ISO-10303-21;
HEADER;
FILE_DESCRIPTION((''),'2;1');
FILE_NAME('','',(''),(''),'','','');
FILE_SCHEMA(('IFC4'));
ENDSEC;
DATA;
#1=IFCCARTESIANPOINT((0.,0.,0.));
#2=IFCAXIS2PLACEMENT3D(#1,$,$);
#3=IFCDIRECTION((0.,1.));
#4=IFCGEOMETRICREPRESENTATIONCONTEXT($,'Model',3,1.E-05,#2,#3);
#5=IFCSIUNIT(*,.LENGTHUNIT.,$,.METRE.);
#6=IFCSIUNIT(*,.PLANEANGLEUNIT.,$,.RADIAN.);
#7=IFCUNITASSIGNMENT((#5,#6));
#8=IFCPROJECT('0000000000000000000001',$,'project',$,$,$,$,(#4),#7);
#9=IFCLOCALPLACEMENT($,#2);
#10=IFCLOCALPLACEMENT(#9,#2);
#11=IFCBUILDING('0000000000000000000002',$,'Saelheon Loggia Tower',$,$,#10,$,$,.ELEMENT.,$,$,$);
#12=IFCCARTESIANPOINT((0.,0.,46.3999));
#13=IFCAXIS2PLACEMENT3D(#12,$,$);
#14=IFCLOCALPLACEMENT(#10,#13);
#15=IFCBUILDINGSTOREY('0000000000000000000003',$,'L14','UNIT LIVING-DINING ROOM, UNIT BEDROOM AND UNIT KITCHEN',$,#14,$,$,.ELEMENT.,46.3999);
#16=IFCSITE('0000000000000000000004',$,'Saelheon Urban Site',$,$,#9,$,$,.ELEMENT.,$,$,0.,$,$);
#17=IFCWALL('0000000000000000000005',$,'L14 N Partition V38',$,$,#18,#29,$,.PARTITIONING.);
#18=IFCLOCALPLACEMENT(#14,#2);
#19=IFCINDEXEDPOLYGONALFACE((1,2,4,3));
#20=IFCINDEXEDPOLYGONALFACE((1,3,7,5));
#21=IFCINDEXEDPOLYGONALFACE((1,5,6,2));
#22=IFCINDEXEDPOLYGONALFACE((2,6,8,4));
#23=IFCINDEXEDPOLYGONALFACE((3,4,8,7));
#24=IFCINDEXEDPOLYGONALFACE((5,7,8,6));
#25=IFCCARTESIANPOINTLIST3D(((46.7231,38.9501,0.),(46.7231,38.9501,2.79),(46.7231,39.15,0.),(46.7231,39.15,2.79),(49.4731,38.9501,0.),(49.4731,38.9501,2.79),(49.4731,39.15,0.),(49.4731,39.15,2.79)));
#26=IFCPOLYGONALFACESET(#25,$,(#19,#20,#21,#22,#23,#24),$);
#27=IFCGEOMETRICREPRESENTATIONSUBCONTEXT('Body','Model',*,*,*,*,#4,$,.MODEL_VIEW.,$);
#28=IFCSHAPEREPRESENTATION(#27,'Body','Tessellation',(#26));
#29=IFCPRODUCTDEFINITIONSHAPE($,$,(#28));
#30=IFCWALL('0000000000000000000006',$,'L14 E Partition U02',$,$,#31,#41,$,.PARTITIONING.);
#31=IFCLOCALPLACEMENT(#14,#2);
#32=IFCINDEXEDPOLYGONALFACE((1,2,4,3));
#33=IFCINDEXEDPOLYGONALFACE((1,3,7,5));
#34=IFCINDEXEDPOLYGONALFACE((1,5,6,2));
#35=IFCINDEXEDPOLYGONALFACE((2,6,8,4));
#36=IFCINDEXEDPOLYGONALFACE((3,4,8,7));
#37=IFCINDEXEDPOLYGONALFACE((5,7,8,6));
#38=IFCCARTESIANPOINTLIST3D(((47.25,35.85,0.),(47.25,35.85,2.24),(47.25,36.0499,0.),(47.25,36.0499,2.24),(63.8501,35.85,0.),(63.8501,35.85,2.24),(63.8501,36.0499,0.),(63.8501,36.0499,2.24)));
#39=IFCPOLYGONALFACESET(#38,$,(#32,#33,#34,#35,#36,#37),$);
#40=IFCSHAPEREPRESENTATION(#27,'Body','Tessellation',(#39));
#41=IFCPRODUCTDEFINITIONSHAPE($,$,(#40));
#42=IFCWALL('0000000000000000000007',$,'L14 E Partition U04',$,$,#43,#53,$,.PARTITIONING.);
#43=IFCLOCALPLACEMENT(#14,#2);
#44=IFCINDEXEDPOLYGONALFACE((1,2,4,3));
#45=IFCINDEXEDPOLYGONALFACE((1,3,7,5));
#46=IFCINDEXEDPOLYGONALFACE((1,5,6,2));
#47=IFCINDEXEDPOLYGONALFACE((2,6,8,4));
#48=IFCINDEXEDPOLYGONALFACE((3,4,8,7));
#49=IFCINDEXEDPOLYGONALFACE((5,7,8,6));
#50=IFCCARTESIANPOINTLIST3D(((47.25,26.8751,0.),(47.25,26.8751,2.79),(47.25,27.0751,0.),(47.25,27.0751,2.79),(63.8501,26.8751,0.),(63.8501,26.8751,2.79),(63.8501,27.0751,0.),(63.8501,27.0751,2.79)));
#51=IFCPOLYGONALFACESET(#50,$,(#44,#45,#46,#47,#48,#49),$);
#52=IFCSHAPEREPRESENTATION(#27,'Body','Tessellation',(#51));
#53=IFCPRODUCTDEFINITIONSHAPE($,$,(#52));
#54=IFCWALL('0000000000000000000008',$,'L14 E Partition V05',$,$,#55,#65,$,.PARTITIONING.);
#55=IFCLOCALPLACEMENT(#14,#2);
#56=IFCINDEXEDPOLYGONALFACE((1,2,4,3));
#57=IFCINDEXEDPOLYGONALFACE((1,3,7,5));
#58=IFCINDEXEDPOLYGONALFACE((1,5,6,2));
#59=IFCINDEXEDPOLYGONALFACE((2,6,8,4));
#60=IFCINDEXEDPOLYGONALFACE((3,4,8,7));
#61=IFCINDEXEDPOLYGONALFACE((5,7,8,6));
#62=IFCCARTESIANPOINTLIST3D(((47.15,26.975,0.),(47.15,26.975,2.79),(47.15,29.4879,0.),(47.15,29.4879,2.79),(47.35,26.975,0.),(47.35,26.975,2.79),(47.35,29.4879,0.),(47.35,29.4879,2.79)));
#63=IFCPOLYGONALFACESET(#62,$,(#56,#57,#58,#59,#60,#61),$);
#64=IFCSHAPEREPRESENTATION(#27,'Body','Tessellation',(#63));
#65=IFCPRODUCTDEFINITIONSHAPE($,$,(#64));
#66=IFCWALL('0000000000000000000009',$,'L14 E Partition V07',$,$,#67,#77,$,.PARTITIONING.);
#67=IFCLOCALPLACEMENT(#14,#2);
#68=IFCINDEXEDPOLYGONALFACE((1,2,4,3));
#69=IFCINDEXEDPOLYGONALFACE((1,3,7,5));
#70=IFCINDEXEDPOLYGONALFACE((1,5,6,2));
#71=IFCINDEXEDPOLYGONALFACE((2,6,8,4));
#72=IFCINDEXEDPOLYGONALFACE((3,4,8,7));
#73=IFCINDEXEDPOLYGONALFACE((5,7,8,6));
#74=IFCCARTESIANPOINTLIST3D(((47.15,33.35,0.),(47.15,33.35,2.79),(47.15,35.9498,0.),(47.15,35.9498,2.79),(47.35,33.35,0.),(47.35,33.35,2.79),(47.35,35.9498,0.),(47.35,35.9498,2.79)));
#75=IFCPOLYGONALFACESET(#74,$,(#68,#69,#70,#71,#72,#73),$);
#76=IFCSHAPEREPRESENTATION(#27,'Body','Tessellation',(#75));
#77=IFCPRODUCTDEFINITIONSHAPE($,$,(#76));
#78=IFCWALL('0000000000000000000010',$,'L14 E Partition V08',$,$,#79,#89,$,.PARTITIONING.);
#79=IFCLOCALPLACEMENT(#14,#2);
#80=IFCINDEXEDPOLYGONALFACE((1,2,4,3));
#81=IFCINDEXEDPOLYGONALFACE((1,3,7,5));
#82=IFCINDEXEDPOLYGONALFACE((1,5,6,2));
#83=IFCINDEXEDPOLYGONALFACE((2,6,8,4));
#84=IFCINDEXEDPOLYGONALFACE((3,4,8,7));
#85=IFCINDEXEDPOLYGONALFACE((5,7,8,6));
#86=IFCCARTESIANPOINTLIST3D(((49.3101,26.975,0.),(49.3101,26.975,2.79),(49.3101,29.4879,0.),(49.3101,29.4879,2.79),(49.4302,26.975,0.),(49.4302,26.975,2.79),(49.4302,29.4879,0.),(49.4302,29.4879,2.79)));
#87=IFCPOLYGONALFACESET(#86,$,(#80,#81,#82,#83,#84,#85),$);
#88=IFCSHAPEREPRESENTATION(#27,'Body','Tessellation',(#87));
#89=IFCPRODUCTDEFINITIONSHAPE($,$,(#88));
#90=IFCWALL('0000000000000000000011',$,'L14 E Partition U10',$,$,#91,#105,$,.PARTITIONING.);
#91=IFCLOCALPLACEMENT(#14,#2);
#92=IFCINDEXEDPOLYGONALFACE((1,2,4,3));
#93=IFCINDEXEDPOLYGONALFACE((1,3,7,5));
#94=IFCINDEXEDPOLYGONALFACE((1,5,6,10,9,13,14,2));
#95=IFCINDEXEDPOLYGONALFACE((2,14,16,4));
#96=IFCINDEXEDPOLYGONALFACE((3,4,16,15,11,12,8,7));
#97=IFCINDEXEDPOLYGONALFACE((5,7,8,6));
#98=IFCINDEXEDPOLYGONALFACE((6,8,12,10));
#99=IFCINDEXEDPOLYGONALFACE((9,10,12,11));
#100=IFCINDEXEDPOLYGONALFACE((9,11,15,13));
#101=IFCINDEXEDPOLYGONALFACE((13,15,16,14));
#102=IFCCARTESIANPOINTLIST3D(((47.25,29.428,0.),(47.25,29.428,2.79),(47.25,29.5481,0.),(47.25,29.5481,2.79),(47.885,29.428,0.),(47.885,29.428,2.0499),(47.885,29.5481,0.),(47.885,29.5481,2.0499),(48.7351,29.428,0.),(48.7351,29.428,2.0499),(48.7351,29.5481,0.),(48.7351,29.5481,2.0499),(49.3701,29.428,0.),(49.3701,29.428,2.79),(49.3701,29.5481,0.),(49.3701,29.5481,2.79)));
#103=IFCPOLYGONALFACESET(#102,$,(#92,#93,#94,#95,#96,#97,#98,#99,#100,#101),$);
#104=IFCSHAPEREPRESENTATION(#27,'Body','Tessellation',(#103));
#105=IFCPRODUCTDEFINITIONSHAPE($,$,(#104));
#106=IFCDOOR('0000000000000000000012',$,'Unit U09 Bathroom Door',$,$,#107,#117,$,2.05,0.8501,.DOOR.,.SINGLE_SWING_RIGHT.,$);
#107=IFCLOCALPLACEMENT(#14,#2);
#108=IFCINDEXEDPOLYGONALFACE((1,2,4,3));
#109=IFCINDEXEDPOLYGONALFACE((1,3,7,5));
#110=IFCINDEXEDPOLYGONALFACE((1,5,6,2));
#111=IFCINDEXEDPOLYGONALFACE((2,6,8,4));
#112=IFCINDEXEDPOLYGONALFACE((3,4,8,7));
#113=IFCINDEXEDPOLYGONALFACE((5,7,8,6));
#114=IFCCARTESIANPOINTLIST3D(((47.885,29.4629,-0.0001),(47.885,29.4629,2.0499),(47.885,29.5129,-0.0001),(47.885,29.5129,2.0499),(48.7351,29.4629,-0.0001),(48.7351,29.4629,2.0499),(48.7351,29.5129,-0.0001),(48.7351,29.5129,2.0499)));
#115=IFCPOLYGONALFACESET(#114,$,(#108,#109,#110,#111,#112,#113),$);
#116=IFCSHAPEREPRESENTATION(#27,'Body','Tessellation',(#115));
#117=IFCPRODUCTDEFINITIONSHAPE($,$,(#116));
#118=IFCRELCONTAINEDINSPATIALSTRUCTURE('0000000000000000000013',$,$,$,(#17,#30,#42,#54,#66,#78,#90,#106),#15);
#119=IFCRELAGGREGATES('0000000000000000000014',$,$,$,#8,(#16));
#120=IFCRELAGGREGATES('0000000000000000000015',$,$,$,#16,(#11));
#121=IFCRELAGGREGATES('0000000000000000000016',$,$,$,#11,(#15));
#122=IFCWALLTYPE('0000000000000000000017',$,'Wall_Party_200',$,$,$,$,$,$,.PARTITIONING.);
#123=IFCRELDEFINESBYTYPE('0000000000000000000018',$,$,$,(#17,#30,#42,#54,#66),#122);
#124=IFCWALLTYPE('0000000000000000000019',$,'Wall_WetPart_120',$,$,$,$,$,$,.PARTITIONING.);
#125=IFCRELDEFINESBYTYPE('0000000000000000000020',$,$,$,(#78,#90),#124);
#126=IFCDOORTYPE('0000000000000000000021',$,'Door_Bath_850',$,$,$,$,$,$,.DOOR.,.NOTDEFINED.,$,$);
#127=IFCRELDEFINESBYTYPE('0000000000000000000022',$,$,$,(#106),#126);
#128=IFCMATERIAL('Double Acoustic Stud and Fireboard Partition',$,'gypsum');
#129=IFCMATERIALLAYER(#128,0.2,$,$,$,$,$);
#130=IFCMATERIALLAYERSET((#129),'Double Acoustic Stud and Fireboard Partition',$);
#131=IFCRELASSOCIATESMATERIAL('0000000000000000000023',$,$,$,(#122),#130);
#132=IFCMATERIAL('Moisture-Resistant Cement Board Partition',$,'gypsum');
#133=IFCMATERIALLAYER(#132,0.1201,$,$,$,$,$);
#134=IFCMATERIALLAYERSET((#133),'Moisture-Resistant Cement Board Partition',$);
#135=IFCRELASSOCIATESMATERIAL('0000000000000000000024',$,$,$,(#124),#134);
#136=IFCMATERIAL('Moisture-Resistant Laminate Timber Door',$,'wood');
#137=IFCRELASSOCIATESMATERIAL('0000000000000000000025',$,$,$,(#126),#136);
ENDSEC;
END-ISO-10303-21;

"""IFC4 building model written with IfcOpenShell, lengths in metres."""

from ifc_helpers import new_model, si_unit, direction, frame, frame_2d, origin, place, context, subcontext, project, spatial, rectangle, extrude, source, transform, mapped, material, layer, layer_set, type_object, element, fill, save


model = new_model("IFC4")

# Units and contexts
model_context = context("Model", 3, precision=1e-05, world=origin(), true_north=direction((0.0, 1.0)))
body_context = subcontext(model_context, "Body", "Model", "MODEL_VIEW")
ifc_project = project(units=[si_unit("LENGTHUNIT", "METRE"), si_unit("PLANEANGLEUNIT", "RADIAN")], contexts=[model_context])

# Site, building, storey
site_placement = place(None, origin())
site = spatial("IfcSite", under=ifc_project, at=site_placement, Name="Saelheon Urban Site", CompositionType="ELEMENT", RefElevation=0.0)
building_placement = place(site_placement, origin())
building = spatial("IfcBuilding", under=site, at=building_placement, Name="Saelheon Loggia Tower", CompositionType="ELEMENT")
storey_placement = place(building_placement, frame((0.0, 0.0, 46.3999)))
storey = spatial("IfcBuildingStorey", under=building, at=storey_placement, Name="L14", Description="UNIT LIVING-DINING ROOM, UNIT BEDROOM AND UNIT KITCHEN", CompositionType="ELEMENT", Elevation=46.3999)

# Walls
ifc_material_1 = material(Name="Double Acoustic Stud and Fireboard Partition", Category="gypsum")
ifc_layer_1 = layer(ifc_material_1, 0.2)
ifc_layer_set_1 = layer_set([ifc_layer_1], Name="Double Acoustic Stud and Fireboard Partition")
wall_type_1 = type_object("IfcWallType", Name="Wall_Party_200", PredefinedType="PARTITIONING", material=ifc_layer_set_1)
wall_1_placement = place(storey_placement, frame((46.7231, 39.05, 0.0), z_axis=(0.0, 0.0, 1.0), x_axis=(1.0, 0.0, 0.0)))
element("IfcWall", 1, at=wall_1_placement, inside=storey, type_object=wall_type_1, Name="L14 N Partition V38", PredefinedType="PARTITIONING", context=body_context, shape_type="SweptSolid", body=[
    extrude(rectangle(XDim=2.75, YDim=0.2, at=frame_2d((1.375, 0.0))), origin(), (0.0, 0.0, 1.0), 2.79),
])
wall_2_placement = place(storey_placement, frame((47.25, 35.95, 0.0), z_axis=(0.0, 0.0, 1.0), x_axis=(1.0, 0.0, 0.0)))
element("IfcWall", 2, at=wall_2_placement, inside=storey, type_object=wall_type_1, Name="L14 E Partition U02", PredefinedType="PARTITIONING", context=body_context, shape_type="SweptSolid", body=[
    extrude(rectangle(XDim=16.6001, YDim=0.2, at=frame_2d((8.3, 0.0))), origin(), (0.0, 0.0, 1.0), 2.24),
])
wall_3_placement = place(storey_placement, frame((47.25, 26.9751, 0.0), z_axis=(0.0, 0.0, 1.0), x_axis=(1.0, 0.0, 0.0)))
element("IfcWall", 3, at=wall_3_placement, inside=storey, type_object=wall_type_1, Name="L14 E Partition U04", PredefinedType="PARTITIONING", context=body_context, shape_type="SweptSolid", body=[
    extrude(rectangle(XDim=16.6001, YDim=0.2, at=frame_2d((8.3, 0.0))), origin(), (0.0, 0.0, 1.0), 2.79),
])
wall_4_placement = place(storey_placement, frame((47.25, 26.9751, 0.0), z_axis=(0.0, 0.0, 1.0), x_axis=(0.0, 1.0, 0.0)))
element("IfcWall", 4, at=wall_4_placement, inside=storey, type_object=wall_type_1, Name="L14 E Partition V05", PredefinedType="PARTITIONING", context=body_context, shape_type="SweptSolid", body=[
    extrude(rectangle(XDim=2.5129, YDim=0.2, at=frame_2d((1.2563, 0.0))), origin(), (0.0, 0.0, 1.0), 2.79),
])

# Walls
wall_5_placement = place(storey_placement, frame((47.25, 33.3501, 0.0), z_axis=(0.0, 0.0, 1.0), x_axis=(0.0, 1.0, 0.0)))
element("IfcWall", 5, at=wall_5_placement, inside=storey, type_object=wall_type_1, Name="L14 E Partition V07", PredefinedType="PARTITIONING", context=body_context, shape_type="SweptSolid", body=[
    extrude(rectangle(XDim=2.5999, YDim=0.2, at=frame_2d((1.2998, 0.0))), origin(), (0.0, 0.0, 1.0), 2.79),
])
ifc_material_2 = material(Name="Moisture-Resistant Cement Board Partition", Category="gypsum")
ifc_layer_2 = layer(ifc_material_2, 0.1201)
ifc_layer_set_2 = layer_set([ifc_layer_2], Name="Moisture-Resistant Cement Board Partition")
wall_type_2 = type_object("IfcWallType", Name="Wall_WetPart_120", PredefinedType="PARTITIONING", material=ifc_layer_set_2)
wall_6_placement = place(storey_placement, frame((49.3701, 26.9751, 0.0), z_axis=(0.0, 0.0, 1.0), x_axis=(0.0, 1.0, 0.0)))
element("IfcWall", 6, at=wall_6_placement, inside=storey, type_object=wall_type_2, Name="L14 E Partition V08", PredefinedType="PARTITIONING", context=body_context, shape_type="SweptSolid", body=[
    extrude(rectangle(XDim=2.5129, YDim=0.1201, at=frame_2d((1.2563, 0.0))), origin(), (0.0, 0.0, 1.0), 2.79),
])

# Wall, opening, door
wall_7_placement = place(storey_placement, frame((47.25, 29.488, 0.0), z_axis=(0.0, 0.0, 1.0), x_axis=(1.0, 0.0, 0.0)))
wall_7 = element("IfcWall", 7, at=wall_7_placement, inside=storey, type_object=wall_type_2, Name="L14 E Partition U10", PredefinedType="PARTITIONING", context=body_context, shape_type="SweptSolid", body=[
    extrude(rectangle(XDim=2.1201, YDim=0.1201, at=frame_2d((1.0601, 0.0))), origin(), (0.0, 0.0, 1.0), 2.79),
])
opening_1_placement = place(wall_7_placement, frame((0.635, 0.0, 0.0)))
opening_1 = element("IfcOpeningElement", 8, at=opening_1_placement, cuts=wall_7, PredefinedType="OPENING", context=body_context, shape_type="SweptSolid", body=[
    extrude(rectangle(XDim=0.8501, YDim=2.05, at=frame_2d((0.425, 1.0249))), frame((0.0, 0.072, 0.0), z_axis=(0.0, -1.0, 0.0), x_axis=(1.0, 0.0, 0.0)), (0.0, 0.0, 1.0), 0.144),
])
ifc_material_3 = material(Name="Moisture-Resistant Laminate Timber Door", Category="wood")
door_type_1 = type_object("IfcDoorType", Name="Door_Bath_850", OperationType="NOTDEFINED", PredefinedType="DOOR", material=ifc_material_3)
shared_shape_1 = source(origin(), body_context, "Body", "SweptSolid", [
    extrude(rectangle(XDim=0.8501, YDim=2.05, at=frame_2d((0.425, 1.0249))), frame((0.0, 0.0249, 0.0), z_axis=(0.0, -1.0, 0.0), x_axis=(1.0, 0.0, 0.0)), (0.0, 0.0, 1.0), 0.05),
])
door_1_placement = place(opening_1_placement, origin())
door_1 = element("IfcDoor", 9, at=door_1_placement, inside=storey, type_object=door_type_1, Name="Unit U09 Bathroom Door", OperationType="SINGLE_SWING_RIGHT", OverallHeight=2.05, OverallWidth=0.8501, PredefinedType="DOOR", context=body_context, shape_type="MappedRepresentation", body=[
    mapped(shared_shape_1, transform((0.0, 0.0, 0.0), scale=1.0)),
])
fill(opening_1, door_1)

save(model, "model.ifc")
